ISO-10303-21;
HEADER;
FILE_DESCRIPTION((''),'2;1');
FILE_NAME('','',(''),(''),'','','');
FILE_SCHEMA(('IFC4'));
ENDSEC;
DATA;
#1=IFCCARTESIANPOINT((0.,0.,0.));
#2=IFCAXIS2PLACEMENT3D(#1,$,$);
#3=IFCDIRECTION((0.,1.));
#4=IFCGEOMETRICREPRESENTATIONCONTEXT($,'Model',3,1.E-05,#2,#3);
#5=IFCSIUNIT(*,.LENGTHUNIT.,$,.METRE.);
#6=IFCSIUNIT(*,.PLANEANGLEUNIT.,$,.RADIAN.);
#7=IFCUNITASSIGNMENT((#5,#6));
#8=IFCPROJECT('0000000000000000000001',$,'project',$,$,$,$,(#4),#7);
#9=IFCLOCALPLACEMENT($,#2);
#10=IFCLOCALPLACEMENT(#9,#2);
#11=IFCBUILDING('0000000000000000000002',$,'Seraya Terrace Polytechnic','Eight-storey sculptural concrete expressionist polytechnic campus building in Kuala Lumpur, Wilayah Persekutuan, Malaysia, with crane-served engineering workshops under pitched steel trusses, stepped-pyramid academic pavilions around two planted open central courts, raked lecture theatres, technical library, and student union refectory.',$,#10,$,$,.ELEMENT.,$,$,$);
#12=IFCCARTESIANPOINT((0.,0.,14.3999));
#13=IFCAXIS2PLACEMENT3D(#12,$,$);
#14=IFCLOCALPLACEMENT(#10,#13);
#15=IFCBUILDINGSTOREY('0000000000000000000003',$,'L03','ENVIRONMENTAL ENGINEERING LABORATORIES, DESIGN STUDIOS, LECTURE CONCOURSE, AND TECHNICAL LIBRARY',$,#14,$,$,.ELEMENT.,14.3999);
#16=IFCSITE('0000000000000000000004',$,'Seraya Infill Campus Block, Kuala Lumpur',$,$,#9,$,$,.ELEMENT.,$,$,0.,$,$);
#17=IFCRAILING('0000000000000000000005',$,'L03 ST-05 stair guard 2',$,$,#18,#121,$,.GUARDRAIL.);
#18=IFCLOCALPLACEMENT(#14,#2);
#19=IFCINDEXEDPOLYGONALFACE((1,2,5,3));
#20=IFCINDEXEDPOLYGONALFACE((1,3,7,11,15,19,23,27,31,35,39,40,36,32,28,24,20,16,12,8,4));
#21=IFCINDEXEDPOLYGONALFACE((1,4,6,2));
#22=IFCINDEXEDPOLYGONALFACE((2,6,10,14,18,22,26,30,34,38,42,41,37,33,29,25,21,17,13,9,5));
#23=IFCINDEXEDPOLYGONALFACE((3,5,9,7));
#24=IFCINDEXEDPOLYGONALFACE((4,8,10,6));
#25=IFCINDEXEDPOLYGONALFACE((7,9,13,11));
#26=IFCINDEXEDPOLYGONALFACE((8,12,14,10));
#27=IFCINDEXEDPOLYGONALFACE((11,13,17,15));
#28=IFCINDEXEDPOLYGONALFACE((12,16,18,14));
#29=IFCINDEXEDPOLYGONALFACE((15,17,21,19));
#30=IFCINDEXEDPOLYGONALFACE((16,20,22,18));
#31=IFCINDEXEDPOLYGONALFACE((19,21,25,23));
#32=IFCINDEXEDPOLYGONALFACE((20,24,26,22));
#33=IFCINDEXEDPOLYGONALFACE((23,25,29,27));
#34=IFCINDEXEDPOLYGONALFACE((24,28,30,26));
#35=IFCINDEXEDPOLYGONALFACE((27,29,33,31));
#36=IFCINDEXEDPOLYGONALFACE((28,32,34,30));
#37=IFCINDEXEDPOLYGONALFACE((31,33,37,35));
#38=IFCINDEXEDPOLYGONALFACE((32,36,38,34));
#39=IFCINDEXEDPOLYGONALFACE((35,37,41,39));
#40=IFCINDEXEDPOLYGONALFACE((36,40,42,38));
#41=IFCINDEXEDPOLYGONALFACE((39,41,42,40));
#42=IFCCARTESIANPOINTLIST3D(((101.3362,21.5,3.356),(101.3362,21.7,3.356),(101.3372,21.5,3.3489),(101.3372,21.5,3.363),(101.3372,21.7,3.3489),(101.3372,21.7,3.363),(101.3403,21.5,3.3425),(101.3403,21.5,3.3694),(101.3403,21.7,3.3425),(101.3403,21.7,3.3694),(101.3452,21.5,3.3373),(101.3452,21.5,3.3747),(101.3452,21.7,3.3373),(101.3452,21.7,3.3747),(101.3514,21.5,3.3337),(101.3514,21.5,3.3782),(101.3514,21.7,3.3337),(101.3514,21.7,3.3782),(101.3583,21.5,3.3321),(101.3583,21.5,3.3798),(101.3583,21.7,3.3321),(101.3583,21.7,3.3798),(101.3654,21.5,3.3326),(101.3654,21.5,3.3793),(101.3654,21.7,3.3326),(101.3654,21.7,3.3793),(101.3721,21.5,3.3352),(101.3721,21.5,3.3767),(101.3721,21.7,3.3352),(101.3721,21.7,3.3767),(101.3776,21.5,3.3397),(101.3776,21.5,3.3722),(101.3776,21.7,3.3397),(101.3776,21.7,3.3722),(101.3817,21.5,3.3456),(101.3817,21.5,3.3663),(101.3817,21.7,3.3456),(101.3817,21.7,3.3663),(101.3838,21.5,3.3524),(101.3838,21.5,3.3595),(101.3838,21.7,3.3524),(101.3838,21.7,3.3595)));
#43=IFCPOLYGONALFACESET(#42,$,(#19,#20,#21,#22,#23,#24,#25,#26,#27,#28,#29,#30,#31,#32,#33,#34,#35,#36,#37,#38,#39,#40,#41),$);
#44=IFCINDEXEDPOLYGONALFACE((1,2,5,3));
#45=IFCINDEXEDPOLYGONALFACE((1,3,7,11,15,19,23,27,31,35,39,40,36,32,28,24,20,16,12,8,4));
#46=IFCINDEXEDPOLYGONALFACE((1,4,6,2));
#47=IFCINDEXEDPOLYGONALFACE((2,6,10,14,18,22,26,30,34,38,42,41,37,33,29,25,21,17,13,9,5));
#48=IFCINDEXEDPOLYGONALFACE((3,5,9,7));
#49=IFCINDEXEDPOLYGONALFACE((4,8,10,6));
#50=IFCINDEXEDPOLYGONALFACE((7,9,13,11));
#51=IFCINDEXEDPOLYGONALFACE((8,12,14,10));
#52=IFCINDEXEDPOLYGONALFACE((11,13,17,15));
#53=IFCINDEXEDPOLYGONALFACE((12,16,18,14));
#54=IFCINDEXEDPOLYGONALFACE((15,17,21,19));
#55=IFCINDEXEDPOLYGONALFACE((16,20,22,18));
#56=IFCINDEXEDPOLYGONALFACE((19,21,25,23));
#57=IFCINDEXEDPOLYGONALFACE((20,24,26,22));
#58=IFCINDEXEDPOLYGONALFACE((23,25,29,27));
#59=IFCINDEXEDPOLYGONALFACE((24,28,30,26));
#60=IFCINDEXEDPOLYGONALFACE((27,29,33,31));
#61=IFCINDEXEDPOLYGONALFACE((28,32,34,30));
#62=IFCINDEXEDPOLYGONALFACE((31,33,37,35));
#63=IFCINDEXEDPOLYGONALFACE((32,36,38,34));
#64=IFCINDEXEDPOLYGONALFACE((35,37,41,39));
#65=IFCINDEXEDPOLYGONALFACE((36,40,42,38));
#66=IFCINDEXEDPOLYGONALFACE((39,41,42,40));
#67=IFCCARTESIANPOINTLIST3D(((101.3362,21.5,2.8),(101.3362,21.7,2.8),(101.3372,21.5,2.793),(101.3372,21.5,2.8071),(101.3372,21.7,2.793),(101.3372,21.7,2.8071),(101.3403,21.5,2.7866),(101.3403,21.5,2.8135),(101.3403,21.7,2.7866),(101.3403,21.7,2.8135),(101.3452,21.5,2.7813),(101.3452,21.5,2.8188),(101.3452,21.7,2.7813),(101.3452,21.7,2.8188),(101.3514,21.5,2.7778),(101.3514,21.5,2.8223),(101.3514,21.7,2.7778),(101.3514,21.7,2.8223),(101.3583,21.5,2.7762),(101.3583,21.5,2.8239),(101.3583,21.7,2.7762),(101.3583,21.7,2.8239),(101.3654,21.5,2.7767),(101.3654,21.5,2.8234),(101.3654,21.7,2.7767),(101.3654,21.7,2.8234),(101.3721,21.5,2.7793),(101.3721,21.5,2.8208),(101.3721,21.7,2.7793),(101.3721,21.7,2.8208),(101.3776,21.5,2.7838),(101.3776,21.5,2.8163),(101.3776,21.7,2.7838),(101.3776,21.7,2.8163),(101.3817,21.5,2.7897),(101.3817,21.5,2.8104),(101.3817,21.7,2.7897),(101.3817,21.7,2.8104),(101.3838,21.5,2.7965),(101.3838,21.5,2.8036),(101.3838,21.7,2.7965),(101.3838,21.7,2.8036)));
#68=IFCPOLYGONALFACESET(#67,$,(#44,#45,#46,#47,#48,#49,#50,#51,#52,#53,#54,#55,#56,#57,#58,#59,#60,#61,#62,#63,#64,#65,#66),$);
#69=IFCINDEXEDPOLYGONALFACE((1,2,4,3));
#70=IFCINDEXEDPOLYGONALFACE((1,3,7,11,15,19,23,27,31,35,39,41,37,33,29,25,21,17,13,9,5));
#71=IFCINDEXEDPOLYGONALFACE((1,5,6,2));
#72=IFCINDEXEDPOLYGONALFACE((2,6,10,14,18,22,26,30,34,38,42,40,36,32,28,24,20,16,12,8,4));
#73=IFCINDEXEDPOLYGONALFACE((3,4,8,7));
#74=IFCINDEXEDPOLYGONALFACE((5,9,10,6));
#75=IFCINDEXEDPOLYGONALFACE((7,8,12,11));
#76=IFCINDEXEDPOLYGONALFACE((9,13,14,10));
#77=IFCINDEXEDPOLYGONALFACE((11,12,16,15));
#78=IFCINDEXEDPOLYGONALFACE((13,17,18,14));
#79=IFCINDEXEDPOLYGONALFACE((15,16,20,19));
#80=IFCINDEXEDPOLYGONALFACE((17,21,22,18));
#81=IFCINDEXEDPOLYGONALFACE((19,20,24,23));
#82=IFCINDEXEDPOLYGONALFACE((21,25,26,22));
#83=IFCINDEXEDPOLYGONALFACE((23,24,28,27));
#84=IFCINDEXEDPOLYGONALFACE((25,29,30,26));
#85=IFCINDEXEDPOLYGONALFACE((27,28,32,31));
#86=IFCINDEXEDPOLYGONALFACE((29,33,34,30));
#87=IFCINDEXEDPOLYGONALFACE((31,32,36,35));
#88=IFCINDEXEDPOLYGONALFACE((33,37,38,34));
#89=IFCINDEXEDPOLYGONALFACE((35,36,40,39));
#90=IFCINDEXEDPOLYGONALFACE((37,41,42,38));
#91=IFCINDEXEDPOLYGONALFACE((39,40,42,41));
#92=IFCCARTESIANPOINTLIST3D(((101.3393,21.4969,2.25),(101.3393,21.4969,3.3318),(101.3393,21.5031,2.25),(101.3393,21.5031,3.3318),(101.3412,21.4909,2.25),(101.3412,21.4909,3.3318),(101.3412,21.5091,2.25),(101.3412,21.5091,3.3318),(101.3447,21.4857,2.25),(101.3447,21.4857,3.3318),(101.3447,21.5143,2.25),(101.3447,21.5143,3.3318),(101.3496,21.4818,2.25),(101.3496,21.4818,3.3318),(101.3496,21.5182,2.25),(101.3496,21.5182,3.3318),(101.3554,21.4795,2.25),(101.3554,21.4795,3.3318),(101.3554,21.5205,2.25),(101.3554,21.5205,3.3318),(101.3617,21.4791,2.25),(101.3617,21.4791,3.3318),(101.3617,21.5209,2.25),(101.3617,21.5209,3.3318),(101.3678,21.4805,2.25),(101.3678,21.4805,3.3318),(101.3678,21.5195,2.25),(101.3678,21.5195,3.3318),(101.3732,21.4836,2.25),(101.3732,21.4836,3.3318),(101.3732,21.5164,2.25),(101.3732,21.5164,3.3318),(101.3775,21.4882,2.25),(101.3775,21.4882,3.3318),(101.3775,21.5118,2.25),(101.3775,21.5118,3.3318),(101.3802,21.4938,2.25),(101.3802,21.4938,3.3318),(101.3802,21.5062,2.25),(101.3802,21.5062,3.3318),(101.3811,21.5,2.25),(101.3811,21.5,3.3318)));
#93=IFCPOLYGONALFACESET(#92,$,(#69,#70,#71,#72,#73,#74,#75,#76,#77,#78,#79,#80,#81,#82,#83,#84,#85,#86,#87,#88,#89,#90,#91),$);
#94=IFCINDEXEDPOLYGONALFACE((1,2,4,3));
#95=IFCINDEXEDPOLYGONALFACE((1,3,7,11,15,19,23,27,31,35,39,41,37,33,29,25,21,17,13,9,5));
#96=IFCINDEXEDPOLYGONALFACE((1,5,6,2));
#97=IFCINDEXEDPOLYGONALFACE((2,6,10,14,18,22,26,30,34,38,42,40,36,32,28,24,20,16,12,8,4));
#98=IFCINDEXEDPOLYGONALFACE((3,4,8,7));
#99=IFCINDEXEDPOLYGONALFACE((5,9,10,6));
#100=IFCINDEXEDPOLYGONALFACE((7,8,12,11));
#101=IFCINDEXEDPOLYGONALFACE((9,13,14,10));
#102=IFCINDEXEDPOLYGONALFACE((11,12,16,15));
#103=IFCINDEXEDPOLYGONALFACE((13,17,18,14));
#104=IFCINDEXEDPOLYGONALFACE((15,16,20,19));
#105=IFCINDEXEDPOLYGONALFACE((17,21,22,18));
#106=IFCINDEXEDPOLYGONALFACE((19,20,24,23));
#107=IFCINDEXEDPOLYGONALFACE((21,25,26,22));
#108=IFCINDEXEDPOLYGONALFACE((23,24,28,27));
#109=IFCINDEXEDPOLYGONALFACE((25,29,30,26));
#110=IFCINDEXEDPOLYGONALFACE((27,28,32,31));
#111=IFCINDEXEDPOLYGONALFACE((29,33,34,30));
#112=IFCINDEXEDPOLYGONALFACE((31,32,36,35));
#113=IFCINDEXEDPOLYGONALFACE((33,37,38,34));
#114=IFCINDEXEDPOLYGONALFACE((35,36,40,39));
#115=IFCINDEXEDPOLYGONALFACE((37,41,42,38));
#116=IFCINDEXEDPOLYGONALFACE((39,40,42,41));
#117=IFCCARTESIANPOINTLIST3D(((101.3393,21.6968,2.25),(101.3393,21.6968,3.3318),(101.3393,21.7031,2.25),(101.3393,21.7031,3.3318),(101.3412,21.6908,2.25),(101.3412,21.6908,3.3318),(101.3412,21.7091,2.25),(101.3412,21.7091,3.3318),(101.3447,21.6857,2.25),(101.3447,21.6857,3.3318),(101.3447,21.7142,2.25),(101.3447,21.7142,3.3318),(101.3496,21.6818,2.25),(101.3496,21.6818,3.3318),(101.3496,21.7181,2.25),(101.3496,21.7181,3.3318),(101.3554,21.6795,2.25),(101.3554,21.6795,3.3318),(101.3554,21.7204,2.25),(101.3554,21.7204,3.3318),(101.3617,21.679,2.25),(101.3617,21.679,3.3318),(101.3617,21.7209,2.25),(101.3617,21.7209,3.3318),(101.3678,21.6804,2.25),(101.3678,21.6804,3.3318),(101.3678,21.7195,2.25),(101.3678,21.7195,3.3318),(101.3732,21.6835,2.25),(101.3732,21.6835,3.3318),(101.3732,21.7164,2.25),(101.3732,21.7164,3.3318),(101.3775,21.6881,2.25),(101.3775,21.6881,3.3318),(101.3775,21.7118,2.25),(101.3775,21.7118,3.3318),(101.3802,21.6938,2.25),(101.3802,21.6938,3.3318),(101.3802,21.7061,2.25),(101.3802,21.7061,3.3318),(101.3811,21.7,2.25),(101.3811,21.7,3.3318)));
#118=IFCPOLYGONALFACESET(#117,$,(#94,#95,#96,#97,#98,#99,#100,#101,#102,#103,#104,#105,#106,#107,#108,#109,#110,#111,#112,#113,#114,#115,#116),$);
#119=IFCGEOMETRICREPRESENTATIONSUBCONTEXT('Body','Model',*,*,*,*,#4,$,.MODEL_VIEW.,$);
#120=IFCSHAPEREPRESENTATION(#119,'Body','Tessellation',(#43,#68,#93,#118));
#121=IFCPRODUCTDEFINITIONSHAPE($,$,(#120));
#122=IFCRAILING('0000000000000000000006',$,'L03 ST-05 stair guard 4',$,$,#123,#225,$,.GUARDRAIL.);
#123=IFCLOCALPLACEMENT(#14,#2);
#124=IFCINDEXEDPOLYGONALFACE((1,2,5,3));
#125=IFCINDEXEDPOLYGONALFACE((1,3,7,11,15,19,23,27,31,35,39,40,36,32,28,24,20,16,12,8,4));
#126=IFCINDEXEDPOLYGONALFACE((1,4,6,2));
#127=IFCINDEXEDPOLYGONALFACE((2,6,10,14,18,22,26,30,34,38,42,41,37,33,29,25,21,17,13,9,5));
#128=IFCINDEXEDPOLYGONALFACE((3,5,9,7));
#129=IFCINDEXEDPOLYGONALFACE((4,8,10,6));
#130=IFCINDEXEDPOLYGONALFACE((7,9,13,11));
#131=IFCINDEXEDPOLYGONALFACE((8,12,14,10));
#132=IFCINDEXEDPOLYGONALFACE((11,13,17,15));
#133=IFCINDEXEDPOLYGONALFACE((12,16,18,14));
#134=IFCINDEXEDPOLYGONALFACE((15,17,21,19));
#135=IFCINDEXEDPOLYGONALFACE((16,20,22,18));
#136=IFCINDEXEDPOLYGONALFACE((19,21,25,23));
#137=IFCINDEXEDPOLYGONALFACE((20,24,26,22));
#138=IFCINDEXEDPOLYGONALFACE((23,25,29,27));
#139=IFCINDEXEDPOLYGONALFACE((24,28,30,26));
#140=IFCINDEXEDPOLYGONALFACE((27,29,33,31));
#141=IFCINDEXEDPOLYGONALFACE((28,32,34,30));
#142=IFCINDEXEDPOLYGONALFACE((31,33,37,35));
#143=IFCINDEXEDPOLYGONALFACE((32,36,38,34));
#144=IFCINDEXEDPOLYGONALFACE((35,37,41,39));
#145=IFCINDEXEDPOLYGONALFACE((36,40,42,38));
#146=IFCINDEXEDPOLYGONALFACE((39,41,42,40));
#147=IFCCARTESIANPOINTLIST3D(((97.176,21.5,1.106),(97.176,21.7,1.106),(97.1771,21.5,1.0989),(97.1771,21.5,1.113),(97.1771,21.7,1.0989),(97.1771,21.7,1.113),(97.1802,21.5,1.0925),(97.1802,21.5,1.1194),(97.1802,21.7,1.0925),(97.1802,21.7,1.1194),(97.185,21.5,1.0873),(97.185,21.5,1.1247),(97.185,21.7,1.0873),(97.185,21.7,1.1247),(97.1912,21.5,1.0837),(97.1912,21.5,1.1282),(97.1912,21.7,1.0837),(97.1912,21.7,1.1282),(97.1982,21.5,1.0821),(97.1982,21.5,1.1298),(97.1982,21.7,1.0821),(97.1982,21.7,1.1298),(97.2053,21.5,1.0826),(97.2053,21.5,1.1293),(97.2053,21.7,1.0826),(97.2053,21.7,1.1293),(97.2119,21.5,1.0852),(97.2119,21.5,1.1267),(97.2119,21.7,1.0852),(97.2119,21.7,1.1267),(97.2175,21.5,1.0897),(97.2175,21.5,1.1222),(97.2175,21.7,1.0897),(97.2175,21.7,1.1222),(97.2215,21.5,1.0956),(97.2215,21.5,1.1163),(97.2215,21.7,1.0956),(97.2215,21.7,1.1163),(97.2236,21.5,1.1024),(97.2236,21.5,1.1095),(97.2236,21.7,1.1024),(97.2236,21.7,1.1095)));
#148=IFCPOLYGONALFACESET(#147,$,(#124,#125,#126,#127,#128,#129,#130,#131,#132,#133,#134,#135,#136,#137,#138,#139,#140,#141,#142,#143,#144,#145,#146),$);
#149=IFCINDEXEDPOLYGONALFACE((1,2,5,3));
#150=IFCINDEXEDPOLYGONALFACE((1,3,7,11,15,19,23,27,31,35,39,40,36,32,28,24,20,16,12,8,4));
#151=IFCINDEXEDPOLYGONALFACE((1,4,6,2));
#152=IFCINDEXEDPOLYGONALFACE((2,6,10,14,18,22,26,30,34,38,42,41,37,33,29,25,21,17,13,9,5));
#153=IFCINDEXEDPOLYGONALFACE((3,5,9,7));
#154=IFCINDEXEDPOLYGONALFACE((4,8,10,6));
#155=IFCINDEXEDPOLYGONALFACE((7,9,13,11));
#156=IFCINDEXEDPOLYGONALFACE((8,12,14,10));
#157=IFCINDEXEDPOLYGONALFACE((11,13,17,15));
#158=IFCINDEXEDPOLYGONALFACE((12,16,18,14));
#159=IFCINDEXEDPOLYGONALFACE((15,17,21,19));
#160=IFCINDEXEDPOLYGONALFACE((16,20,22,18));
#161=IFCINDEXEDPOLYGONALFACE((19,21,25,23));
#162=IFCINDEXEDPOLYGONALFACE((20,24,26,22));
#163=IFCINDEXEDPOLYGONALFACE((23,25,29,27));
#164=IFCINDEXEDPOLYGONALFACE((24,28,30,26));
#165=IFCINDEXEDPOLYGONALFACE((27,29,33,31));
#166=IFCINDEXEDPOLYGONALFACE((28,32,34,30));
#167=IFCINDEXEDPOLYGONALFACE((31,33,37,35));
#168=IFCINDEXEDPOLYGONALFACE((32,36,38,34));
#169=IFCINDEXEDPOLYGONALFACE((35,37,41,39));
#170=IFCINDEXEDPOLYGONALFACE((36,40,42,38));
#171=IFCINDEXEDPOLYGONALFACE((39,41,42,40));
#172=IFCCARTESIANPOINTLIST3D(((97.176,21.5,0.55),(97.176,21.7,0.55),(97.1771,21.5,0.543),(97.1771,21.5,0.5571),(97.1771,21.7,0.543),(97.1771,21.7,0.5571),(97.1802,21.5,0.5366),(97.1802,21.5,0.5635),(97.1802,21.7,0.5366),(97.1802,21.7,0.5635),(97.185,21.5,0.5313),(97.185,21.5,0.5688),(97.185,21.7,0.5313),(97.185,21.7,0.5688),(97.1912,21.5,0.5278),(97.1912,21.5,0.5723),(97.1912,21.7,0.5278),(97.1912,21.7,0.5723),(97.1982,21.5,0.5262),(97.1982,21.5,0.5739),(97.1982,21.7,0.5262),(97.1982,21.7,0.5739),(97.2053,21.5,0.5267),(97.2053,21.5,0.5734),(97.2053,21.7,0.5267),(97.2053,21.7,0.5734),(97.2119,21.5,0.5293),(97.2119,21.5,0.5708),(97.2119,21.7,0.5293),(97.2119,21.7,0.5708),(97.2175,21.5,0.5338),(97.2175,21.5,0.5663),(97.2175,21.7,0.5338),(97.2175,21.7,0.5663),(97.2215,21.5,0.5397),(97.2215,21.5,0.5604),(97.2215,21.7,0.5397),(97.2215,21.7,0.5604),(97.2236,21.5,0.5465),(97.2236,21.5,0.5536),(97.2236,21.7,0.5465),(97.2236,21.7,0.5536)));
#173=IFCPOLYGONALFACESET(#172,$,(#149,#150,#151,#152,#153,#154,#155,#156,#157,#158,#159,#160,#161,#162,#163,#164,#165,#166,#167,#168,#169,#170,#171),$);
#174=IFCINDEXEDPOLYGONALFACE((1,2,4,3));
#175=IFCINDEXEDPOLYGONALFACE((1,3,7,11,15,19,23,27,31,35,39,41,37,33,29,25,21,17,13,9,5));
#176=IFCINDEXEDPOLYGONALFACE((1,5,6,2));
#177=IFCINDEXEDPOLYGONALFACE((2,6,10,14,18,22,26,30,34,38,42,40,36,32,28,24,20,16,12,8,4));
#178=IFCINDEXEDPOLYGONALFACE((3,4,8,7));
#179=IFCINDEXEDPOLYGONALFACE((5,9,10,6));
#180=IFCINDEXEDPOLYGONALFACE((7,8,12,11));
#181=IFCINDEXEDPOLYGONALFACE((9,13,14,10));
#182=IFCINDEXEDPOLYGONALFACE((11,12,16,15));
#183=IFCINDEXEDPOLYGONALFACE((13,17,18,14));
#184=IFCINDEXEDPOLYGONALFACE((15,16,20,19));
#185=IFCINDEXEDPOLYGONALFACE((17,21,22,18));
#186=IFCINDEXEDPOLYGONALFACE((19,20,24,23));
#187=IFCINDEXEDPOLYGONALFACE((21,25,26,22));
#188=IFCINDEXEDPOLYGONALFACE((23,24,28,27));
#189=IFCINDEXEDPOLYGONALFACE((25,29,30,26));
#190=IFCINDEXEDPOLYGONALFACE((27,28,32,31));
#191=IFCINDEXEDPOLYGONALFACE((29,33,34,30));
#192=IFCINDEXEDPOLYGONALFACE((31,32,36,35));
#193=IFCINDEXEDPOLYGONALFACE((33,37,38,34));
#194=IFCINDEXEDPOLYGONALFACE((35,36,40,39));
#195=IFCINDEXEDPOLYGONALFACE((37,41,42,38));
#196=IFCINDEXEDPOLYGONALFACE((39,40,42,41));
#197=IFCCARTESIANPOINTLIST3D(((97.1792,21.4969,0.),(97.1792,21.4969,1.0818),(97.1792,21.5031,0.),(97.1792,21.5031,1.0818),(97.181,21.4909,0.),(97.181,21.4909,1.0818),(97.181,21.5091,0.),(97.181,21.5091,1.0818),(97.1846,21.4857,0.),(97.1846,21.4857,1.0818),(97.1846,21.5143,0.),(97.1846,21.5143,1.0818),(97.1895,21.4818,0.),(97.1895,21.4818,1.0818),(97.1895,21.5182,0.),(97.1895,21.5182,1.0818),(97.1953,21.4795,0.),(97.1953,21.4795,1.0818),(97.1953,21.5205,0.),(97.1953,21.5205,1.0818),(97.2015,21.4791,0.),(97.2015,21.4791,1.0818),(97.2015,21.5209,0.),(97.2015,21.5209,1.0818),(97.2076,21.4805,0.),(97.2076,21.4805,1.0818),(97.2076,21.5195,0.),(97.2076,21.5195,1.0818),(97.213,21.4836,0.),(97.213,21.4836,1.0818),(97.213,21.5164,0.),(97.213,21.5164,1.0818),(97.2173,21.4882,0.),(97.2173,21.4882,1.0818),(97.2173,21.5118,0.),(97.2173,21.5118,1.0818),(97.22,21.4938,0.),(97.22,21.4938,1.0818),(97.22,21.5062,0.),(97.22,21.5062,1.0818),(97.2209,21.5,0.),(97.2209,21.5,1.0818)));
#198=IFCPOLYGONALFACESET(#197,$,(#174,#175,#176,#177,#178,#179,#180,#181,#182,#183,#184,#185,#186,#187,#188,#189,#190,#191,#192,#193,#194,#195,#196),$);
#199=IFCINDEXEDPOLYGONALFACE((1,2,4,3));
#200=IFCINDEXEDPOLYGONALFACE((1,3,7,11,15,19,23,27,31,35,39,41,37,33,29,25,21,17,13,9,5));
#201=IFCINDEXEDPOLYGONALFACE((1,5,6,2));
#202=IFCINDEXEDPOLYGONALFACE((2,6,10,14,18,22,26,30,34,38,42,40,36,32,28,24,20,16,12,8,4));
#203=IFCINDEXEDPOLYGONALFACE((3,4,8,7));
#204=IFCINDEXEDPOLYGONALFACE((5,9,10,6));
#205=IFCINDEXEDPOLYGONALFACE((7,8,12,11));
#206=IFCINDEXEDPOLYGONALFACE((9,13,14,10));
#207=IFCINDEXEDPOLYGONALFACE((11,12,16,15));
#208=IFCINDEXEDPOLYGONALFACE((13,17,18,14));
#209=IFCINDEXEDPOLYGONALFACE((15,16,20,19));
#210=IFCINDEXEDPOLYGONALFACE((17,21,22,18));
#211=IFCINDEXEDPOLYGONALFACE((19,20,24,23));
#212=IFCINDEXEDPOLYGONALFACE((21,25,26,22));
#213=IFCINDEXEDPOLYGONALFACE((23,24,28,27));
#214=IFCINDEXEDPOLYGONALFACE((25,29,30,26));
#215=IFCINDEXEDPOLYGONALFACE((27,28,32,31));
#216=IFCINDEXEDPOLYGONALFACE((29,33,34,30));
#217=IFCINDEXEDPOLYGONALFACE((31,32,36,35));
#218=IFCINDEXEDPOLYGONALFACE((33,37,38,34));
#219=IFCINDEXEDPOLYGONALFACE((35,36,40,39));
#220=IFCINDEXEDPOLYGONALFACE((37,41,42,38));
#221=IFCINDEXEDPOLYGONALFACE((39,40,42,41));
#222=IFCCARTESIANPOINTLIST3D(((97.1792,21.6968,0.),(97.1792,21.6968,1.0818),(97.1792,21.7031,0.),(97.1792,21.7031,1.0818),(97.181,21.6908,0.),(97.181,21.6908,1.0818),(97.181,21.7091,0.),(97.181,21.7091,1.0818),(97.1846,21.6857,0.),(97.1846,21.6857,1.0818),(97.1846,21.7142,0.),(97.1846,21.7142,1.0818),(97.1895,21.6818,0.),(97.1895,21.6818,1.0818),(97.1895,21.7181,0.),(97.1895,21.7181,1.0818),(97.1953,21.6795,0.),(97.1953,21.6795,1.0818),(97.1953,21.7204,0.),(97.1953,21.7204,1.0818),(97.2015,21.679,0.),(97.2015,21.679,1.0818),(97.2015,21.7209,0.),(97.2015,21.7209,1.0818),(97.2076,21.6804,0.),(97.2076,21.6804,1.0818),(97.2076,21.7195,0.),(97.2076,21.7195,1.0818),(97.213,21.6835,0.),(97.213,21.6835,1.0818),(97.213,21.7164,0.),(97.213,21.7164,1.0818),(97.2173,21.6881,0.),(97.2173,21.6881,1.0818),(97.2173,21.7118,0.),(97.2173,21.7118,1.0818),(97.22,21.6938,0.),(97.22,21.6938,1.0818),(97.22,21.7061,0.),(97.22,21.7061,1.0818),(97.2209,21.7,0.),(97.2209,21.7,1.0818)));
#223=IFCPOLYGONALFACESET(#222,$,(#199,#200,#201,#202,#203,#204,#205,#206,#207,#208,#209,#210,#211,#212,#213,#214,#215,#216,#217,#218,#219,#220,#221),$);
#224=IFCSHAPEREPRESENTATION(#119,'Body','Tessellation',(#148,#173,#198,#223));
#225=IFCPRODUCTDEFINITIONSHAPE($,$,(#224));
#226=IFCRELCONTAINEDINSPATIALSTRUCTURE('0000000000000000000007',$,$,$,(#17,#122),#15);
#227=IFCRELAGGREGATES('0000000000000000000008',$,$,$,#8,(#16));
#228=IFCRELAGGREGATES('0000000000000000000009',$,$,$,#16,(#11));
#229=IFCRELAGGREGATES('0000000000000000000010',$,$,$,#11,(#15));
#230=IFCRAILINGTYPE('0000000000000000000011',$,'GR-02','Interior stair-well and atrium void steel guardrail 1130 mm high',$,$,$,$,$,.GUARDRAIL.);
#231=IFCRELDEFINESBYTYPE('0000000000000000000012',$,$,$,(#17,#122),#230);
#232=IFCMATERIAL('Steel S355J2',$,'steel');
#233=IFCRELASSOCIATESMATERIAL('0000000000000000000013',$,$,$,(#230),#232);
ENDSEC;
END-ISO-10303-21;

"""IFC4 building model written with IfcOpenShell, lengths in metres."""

from ifc_helpers import new_model, si_unit, direction, frame, origin, origin_2d, place, context, subcontext, project, spatial, circle, extrude, material, type_object, element, save


model = new_model("IFC4")

# Units and contexts
model_context = context("Model", 3, precision=1e-05, world=origin(), true_north=direction((0.0, 1.0)))
body_context = subcontext(model_context, "Body", "Model", "MODEL_VIEW")
ifc_project = project(units=[si_unit("LENGTHUNIT", "METRE"), si_unit("PLANEANGLEUNIT", "RADIAN")], contexts=[model_context])

# Site, building, storey
site_placement = place(None, origin())
site = spatial("IfcSite", under=ifc_project, at=site_placement, Name="Seraya Infill Campus Block, Kuala Lumpur", CompositionType="ELEMENT", RefElevation=0.0)
building_placement = place(site_placement, origin())
building = spatial("IfcBuilding", under=site, at=building_placement, Name="Seraya Terrace Polytechnic", Description="Eight-storey sculptural concrete expressionist polytechnic campus building in Kuala Lumpur, Wilayah Persekutuan, Malaysia, with crane-served engineering workshops under pitched steel trusses, stepped-pyramid academic pavilions around two planted open central courts, raked lecture theatres, technical library, and student union refectory.", CompositionType="ELEMENT")
storey_placement = place(building_placement, frame((0.0, 0.0, 14.3999)))
storey = spatial("IfcBuildingStorey", under=building, at=storey_placement, Name="L03", Description="ENVIRONMENTAL ENGINEERING LABORATORIES, DESIGN STUDIOS, LECTURE CONCOURSE, AND TECHNICAL LIBRARY", CompositionType="ELEMENT", Elevation=14.3999)

# Shared definitions
ifc_material_1 = material(Name="Steel S355J2", Category="steel")

# Railings
railing_type_1 = type_object("IfcRailingType", Name="GR-02", Description="Interior stair-well and atrium void steel guardrail 1130 mm high", PredefinedType="GUARDRAIL", material=ifc_material_1)
for number, where, name in (
    (1, (101.3601, 21.5, 2.25), "L03 ST-05 stair guard 2"),
    (2, (97.2, 21.5, 0.0), "L03 ST-05 stair guard 4"),
):
    element("IfcRailing", number, at=place(storey_placement, frame(where)), inside=storey, type_object=railing_type_1, Name=name, PredefinedType="GUARDRAIL", context=body_context, shape_type="SweptSolid", body=[
        extrude(circle(Radius=0.0239, at=origin_2d()), frame((0.0, 0.0, 1.106), z_axis=(0.0, 1.0, 0.0), x_axis=(-1.0, 0.0, 0.0)), (0.0, 0.0, 1.0), 0.2),
        extrude(circle(Radius=0.0239, at=origin_2d()), frame((0.0, 0.0, 0.55), z_axis=(0.0, 1.0, 0.0), x_axis=(-1.0, 0.0, 0.0)), (0.0, 0.0, 1.0), 0.2),
        extrude(circle(Radius=0.021, at=origin_2d()), origin(), (0.0, 0.0, 1.0), 1.0818),
        extrude(circle(Radius=0.021, at=origin_2d()), frame((0.0, 0.2, 0.0)), (0.0, 0.0, 1.0), 1.0818),
    ])

save(model, "model.ifc")
